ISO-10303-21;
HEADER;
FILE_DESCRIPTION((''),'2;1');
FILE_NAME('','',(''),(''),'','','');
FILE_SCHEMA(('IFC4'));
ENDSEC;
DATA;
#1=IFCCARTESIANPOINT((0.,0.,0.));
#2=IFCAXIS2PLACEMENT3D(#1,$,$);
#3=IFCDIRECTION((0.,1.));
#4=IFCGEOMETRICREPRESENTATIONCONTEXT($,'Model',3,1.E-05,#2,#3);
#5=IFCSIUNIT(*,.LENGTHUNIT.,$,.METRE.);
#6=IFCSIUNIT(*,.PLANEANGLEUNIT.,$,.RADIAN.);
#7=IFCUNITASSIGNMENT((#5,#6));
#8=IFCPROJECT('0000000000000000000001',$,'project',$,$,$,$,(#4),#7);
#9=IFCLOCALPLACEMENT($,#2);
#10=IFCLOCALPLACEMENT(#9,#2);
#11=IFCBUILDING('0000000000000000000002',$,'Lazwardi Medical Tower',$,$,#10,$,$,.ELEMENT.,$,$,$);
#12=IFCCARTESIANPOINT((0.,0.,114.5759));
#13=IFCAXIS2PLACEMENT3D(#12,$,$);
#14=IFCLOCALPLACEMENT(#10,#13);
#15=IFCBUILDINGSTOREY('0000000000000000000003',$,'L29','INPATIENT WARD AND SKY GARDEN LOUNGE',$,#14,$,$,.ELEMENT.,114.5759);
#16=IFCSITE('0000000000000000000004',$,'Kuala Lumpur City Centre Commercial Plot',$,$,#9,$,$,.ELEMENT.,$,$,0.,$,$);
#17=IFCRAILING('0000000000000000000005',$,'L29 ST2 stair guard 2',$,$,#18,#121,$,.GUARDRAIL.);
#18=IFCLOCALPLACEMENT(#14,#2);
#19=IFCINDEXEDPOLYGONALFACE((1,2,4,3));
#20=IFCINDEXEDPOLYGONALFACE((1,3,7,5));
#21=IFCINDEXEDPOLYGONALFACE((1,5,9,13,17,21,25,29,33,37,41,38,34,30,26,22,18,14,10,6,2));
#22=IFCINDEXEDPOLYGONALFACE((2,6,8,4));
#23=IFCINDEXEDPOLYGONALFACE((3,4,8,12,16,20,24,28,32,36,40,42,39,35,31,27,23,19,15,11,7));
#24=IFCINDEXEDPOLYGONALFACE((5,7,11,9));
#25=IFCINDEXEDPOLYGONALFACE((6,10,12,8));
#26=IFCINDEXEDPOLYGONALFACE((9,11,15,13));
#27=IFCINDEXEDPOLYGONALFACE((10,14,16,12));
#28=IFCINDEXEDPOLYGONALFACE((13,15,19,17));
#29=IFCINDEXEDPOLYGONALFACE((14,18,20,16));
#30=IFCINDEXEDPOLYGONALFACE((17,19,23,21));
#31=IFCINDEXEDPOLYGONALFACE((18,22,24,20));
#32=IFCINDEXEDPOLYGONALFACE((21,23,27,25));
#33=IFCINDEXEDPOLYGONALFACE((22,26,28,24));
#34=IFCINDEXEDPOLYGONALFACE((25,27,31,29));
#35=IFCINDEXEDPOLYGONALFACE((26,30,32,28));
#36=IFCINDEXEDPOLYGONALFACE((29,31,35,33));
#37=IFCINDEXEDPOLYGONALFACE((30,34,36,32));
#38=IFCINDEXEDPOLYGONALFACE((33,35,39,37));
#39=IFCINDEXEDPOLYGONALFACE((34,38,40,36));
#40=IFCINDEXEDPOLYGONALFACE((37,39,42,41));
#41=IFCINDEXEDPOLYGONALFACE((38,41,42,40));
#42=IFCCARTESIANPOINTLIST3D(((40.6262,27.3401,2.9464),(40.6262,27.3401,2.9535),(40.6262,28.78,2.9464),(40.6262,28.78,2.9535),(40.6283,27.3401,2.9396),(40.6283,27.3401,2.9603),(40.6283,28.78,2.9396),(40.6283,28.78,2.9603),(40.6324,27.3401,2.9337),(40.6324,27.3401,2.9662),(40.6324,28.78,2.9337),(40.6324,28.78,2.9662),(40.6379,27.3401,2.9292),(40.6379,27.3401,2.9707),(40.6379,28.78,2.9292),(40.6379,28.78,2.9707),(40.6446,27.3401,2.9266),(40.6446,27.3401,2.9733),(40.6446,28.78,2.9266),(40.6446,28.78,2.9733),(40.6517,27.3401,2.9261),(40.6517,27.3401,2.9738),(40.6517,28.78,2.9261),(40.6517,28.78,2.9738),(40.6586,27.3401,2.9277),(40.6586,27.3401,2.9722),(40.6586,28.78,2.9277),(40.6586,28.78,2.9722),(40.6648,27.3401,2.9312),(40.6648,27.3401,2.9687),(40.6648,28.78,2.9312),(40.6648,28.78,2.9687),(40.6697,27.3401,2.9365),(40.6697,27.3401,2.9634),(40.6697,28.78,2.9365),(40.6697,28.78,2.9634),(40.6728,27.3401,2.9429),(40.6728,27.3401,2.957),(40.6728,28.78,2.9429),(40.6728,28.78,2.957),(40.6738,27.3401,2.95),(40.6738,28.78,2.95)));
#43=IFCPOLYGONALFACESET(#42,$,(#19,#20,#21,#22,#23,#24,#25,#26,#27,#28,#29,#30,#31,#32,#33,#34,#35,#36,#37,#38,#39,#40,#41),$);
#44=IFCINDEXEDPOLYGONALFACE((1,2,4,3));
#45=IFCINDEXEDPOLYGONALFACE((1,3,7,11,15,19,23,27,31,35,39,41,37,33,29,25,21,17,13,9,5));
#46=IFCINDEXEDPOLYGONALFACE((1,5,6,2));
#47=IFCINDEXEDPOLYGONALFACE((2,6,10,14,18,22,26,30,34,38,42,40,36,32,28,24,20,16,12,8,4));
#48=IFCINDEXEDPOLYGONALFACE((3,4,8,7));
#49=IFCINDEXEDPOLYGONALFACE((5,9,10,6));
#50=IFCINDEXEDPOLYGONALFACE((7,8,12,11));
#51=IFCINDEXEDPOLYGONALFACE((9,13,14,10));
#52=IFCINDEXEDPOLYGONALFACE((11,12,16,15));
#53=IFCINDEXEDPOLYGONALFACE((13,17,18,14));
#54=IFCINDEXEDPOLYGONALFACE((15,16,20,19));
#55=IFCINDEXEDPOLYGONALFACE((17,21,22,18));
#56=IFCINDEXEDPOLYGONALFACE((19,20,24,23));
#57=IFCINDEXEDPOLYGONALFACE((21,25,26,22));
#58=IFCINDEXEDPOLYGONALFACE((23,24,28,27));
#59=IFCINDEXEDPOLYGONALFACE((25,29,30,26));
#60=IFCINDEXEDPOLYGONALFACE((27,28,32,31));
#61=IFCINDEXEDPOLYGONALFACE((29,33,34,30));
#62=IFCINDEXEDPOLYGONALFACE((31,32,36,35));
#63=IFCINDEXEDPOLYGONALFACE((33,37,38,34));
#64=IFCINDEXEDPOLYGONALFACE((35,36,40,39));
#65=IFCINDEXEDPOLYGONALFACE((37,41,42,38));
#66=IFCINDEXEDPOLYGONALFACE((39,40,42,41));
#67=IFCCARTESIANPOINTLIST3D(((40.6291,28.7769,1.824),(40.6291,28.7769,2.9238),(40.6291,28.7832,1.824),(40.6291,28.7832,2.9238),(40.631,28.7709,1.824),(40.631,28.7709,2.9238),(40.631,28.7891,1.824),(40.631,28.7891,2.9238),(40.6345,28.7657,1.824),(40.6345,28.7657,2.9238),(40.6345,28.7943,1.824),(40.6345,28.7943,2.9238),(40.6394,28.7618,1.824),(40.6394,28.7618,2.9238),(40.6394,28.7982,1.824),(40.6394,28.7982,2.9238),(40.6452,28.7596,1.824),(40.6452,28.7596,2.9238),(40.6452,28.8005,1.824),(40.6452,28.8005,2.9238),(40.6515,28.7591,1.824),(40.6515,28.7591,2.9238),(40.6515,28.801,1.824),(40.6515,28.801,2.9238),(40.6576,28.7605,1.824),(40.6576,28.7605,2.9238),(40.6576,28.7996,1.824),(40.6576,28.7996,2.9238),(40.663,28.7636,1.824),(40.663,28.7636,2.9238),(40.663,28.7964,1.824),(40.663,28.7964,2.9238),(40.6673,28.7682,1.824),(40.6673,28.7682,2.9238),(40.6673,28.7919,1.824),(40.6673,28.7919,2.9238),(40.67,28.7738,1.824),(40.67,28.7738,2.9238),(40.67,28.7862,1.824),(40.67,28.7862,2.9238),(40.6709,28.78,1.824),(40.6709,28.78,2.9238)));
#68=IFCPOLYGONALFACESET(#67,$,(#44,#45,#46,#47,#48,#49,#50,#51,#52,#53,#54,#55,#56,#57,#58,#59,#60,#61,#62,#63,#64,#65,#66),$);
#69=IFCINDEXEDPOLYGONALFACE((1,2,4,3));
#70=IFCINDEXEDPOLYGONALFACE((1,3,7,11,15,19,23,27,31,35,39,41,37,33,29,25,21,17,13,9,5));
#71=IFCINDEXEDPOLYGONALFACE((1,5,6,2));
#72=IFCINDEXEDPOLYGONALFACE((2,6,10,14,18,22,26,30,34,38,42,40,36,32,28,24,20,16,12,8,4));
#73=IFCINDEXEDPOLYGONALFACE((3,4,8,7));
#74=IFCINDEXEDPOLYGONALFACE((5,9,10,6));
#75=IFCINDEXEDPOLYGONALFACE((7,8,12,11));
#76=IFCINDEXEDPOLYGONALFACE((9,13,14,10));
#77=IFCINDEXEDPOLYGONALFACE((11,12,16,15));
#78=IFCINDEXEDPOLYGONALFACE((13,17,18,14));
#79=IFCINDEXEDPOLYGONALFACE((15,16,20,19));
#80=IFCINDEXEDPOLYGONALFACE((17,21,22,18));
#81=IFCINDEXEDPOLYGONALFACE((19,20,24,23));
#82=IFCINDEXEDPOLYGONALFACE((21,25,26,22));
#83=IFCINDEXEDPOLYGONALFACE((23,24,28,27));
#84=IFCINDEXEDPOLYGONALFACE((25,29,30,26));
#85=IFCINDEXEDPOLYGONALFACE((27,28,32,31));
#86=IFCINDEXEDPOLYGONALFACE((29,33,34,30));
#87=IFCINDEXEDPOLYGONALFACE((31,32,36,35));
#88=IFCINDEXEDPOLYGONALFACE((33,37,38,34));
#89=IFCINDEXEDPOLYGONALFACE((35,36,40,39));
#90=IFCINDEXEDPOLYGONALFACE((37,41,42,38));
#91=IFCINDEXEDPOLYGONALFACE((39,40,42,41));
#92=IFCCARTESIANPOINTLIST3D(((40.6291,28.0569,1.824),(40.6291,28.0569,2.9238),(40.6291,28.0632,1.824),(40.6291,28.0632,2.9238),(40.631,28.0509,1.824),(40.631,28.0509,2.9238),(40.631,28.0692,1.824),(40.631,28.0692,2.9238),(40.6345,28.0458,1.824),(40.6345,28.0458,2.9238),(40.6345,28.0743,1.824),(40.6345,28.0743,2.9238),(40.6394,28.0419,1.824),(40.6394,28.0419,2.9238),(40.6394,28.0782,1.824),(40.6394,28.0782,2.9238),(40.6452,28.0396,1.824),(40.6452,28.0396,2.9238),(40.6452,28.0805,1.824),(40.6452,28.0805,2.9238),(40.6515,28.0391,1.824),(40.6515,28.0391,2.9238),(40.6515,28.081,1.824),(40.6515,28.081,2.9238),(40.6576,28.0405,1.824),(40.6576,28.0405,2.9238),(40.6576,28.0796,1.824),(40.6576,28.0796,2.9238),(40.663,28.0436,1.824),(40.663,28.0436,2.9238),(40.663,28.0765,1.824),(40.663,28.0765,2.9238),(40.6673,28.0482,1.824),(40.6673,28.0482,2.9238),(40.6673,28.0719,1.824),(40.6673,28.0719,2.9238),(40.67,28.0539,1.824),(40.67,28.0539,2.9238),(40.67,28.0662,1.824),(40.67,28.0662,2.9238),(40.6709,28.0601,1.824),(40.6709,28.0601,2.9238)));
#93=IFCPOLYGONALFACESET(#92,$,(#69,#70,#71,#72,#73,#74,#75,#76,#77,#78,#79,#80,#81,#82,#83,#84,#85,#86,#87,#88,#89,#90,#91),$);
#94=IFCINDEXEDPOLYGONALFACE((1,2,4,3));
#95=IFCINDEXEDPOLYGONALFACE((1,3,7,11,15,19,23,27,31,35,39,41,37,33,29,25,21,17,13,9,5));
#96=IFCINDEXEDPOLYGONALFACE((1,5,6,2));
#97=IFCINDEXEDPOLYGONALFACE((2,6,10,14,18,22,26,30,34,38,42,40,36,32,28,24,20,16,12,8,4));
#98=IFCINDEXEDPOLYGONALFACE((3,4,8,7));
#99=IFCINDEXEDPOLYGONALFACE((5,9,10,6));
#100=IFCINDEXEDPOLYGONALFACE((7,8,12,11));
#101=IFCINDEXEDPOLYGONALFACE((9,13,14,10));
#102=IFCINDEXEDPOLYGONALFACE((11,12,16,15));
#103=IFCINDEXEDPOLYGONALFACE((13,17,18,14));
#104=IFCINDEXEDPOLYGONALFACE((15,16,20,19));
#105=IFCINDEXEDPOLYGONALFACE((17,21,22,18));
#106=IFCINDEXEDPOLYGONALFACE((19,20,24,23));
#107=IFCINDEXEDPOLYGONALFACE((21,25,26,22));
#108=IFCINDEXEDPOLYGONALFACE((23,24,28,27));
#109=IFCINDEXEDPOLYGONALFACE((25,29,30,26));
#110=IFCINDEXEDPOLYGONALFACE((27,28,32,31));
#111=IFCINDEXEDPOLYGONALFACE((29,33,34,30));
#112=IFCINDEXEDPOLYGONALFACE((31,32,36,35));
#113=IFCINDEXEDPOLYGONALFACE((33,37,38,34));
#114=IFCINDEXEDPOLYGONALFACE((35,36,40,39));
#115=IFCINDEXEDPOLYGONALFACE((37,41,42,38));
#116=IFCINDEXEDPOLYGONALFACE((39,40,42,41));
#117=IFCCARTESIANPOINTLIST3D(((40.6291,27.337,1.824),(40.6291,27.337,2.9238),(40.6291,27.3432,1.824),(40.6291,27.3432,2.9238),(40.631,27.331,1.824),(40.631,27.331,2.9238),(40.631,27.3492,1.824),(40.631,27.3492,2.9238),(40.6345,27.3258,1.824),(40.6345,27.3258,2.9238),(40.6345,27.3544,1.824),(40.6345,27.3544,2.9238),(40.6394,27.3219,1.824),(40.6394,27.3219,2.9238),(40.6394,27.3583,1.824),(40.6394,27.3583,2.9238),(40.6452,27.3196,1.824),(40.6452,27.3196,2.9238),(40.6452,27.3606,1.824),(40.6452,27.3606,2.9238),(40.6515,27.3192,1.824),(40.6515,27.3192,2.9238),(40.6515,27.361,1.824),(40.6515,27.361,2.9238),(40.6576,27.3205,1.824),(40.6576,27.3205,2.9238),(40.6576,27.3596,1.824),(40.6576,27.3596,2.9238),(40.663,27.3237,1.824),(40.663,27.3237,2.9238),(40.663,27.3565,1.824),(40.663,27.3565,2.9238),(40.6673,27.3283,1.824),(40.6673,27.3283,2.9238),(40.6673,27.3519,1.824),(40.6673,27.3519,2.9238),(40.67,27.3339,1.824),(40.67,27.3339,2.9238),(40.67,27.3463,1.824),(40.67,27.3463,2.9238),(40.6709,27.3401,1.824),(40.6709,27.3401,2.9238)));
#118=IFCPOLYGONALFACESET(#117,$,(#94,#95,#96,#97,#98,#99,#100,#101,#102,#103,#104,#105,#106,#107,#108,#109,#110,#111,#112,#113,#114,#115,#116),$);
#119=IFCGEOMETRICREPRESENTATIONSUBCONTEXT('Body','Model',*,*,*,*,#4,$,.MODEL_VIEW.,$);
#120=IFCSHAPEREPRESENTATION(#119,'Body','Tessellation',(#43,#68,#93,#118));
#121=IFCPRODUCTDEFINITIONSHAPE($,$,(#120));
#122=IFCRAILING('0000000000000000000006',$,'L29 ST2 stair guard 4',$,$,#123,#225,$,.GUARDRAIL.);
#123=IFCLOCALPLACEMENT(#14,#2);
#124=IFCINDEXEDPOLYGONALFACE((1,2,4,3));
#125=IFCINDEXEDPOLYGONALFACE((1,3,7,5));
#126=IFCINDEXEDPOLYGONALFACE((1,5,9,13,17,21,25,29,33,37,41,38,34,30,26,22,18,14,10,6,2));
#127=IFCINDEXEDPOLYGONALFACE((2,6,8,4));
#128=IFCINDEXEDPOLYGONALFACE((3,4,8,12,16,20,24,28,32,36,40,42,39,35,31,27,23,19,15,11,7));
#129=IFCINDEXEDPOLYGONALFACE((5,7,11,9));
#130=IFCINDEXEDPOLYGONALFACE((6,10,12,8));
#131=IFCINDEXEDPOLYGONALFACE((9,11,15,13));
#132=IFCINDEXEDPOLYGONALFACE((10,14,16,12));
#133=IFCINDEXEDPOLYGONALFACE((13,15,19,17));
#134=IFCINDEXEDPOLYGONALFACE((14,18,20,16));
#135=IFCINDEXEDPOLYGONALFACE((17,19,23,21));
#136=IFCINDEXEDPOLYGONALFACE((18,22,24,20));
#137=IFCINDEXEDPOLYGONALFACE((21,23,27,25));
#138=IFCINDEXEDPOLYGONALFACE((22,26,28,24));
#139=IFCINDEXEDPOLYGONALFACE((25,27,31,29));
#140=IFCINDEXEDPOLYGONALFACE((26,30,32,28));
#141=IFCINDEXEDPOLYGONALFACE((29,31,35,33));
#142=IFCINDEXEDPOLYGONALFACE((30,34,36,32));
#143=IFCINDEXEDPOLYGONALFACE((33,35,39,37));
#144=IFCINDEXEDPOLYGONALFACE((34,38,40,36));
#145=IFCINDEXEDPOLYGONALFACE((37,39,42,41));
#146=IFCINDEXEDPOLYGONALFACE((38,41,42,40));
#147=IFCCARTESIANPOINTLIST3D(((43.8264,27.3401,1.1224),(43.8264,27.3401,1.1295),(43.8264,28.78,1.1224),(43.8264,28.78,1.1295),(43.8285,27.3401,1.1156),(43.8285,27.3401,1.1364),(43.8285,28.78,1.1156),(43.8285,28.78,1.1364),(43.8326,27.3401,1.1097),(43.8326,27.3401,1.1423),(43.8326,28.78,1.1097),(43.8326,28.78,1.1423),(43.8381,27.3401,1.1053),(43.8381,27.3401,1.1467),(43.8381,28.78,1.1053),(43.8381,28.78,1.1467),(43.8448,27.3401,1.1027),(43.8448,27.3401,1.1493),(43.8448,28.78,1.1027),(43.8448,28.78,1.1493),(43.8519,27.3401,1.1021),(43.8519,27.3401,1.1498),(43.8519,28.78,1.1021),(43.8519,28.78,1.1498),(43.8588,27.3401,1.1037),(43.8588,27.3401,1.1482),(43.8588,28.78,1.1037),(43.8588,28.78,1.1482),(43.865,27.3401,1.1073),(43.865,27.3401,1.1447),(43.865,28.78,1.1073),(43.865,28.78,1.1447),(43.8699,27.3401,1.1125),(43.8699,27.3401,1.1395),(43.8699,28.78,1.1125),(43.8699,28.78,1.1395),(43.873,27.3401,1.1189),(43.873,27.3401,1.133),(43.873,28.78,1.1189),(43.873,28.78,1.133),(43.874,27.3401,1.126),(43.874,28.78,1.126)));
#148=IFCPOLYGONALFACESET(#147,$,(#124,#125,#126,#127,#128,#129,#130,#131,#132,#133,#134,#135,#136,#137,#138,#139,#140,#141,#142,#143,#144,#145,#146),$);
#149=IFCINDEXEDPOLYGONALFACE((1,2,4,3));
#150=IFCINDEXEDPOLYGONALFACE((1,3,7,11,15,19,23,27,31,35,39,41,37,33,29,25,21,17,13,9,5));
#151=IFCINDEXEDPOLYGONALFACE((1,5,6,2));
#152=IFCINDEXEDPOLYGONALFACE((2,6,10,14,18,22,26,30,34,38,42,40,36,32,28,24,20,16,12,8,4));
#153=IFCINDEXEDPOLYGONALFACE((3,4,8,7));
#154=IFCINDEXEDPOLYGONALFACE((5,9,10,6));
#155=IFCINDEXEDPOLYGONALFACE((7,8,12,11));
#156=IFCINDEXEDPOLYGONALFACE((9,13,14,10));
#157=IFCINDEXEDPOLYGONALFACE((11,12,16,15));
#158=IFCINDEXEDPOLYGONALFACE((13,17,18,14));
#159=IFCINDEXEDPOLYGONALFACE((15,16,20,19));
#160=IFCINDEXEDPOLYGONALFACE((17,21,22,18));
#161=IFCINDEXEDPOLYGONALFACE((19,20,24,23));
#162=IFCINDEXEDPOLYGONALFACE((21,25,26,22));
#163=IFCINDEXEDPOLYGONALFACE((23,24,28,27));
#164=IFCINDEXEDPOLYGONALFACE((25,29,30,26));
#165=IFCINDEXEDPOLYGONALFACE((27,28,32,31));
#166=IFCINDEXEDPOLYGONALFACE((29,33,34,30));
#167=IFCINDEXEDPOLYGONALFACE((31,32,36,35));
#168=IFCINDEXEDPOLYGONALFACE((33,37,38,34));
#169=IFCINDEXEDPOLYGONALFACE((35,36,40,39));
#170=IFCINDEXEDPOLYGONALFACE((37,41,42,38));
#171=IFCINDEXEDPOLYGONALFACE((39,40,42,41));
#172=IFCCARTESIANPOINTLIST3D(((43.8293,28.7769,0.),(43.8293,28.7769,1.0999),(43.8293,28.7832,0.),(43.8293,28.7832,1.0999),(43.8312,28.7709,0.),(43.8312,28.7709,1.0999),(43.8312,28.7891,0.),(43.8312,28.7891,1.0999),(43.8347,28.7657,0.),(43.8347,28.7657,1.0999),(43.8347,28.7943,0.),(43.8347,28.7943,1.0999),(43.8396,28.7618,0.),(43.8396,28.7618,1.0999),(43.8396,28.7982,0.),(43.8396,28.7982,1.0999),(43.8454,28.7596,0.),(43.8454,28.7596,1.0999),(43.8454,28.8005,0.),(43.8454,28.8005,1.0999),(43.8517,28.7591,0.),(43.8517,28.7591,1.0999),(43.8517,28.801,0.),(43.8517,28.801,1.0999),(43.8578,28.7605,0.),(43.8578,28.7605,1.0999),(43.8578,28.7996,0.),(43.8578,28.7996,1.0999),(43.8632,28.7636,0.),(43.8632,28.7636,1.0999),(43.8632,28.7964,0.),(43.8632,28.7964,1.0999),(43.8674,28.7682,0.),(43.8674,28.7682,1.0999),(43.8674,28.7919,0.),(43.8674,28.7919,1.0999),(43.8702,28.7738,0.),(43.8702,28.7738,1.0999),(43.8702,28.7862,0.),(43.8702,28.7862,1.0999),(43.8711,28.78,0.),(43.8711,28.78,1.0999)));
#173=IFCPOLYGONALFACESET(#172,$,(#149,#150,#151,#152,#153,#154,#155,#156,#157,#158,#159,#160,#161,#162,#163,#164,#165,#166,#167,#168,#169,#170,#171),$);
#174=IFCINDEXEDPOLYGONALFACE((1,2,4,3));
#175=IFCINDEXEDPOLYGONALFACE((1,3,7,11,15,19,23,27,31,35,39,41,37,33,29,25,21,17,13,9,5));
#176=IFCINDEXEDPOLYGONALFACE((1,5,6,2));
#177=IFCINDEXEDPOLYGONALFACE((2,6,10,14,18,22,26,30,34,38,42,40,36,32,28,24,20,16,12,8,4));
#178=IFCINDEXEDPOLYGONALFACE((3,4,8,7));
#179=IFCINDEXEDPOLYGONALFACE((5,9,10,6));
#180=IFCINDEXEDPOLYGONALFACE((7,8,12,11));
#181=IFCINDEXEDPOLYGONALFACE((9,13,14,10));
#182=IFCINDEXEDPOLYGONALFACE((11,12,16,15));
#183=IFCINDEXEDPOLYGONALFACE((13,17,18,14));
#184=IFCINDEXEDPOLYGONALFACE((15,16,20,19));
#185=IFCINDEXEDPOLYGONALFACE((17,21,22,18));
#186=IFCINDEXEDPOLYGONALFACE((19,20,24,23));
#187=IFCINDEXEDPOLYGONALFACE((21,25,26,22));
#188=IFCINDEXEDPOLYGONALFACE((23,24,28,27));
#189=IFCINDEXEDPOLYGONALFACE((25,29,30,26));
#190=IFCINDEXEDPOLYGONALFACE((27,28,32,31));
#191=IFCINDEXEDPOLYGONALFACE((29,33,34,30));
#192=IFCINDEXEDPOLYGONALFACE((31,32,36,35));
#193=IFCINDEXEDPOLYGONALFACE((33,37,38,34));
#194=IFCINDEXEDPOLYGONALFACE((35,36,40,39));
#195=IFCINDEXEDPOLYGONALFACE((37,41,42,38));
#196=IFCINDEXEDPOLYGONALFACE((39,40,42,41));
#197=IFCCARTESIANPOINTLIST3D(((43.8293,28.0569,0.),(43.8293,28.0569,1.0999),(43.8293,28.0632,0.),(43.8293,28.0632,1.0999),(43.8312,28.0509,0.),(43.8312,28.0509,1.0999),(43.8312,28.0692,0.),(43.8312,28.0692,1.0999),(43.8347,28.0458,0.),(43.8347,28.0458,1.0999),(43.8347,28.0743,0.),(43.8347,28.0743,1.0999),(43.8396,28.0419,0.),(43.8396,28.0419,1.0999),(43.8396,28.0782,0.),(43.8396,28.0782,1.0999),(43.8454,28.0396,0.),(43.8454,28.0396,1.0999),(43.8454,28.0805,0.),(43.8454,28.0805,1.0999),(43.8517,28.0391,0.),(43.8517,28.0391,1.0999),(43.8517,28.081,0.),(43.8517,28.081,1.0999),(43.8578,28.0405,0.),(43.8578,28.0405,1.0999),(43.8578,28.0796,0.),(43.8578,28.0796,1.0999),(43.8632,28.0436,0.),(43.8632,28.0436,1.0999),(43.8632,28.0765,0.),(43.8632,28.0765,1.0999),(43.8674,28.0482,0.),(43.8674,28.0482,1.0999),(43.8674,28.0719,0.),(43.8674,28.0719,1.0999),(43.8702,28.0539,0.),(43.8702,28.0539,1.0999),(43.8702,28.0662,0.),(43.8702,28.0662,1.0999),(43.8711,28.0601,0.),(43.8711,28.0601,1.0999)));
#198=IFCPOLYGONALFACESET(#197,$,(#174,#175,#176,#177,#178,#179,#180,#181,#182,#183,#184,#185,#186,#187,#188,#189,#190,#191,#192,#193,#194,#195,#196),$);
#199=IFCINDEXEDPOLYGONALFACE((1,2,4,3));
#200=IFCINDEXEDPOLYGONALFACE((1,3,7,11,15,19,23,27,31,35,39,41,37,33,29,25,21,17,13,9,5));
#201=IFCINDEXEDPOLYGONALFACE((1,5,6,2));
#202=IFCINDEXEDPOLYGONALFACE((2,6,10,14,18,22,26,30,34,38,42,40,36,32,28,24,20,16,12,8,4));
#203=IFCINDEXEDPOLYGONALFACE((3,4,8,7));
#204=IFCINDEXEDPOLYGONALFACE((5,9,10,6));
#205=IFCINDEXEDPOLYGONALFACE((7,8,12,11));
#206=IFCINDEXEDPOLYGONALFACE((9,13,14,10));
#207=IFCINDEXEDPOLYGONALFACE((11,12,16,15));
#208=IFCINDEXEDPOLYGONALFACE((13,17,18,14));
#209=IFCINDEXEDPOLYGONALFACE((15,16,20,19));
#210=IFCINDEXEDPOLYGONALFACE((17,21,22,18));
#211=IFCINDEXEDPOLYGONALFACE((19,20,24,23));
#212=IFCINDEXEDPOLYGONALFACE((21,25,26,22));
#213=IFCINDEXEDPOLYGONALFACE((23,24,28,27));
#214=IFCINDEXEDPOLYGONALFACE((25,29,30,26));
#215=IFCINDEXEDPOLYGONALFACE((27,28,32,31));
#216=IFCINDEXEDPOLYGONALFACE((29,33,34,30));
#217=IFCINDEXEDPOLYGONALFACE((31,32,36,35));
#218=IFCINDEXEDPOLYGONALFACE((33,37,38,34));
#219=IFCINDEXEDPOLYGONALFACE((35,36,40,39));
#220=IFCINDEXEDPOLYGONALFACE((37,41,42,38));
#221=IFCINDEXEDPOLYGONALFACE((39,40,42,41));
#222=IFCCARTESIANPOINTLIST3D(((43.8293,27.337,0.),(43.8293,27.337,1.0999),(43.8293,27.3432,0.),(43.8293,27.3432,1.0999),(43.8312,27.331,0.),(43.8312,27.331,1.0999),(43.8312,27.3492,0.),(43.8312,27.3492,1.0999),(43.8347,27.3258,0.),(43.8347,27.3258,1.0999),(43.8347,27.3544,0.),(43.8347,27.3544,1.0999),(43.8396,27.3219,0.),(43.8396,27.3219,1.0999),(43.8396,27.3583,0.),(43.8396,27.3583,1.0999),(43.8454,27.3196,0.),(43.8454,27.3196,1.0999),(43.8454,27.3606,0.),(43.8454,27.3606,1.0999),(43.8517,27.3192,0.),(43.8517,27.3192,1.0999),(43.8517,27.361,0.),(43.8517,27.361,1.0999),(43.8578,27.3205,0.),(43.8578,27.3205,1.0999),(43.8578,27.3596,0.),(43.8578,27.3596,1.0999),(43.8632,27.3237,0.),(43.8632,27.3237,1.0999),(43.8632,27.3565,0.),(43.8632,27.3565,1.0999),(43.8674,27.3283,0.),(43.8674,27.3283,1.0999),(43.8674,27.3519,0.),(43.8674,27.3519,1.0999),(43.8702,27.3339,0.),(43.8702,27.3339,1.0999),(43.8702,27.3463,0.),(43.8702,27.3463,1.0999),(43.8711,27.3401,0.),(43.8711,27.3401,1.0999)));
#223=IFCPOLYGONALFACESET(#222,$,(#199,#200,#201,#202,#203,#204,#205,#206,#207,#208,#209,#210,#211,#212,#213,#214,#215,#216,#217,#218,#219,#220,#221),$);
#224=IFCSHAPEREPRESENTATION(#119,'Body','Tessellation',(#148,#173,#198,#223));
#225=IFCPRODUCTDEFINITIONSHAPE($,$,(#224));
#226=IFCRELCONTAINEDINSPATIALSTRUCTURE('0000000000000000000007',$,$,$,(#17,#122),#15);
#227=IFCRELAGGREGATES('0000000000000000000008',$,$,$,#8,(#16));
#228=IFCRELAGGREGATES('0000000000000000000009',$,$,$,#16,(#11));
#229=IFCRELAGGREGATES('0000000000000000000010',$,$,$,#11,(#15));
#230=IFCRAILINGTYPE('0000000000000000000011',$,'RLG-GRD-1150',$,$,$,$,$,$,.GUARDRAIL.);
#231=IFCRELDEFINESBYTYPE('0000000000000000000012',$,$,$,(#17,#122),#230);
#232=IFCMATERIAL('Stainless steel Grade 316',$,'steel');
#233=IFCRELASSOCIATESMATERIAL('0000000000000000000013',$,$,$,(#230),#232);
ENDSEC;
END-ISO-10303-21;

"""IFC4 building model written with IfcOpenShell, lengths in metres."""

from ifc_helpers import new_model, si_unit, direction, frame, origin, origin_2d, place, context, subcontext, project, spatial, circle, extrude, material, type_object, element, save


model = new_model("IFC4")

# Units and contexts
model_context = context("Model", 3, precision=1e-05, world=origin(), true_north=direction((0.0, 1.0)))
body_context = subcontext(model_context, "Body", "Model", "MODEL_VIEW")
ifc_project = project(units=[si_unit("LENGTHUNIT", "METRE"), si_unit("PLANEANGLEUNIT", "RADIAN")], contexts=[model_context])

# Site, building, storey
site_placement = place(None, origin())
site = spatial("IfcSite", under=ifc_project, at=site_placement, Name="Kuala Lumpur City Centre Commercial Plot", CompositionType="ELEMENT", RefElevation=0.0)
building_placement = place(site_placement, origin())
building = spatial("IfcBuilding", under=site, at=building_placement, Name="Lazwardi Medical Tower", CompositionType="ELEMENT")
storey_placement = place(building_placement, frame((0.0, 0.0, 114.5759)))
storey = spatial("IfcBuildingStorey", under=building, at=storey_placement, Name="L29", Description="INPATIENT WARD AND SKY GARDEN LOUNGE", CompositionType="ELEMENT", Elevation=114.5759)

# Railings
ifc_material_1 = material(Name="Stainless steel Grade 316", Category="steel")
railing_type_1 = type_object("IfcRailingType", Name="RLG-GRD-1150", PredefinedType="GUARDRAIL", material=ifc_material_1)
for number, where, name in (
    (1, (40.6499, 28.78, 1.824), "L29 ST2 stair guard 2"),
    (2, (43.8501, 28.78, 0.0), "L29 ST2 stair guard 4"),
):
    element("IfcRailing", number, at=place(storey_placement, frame(where)), inside=storey, type_object=railing_type_1, Name=name, PredefinedType="GUARDRAIL", context=body_context, shape_type="SweptSolid", body=[
        extrude(circle(Radius=0.0239, at=origin_2d()), frame((0.0, 0.0, 1.126), z_axis=(0.0, -1.0, 0.0), x_axis=(1.0, 0.0, 0.0)), (0.0, 0.0, 1.0), 1.4399),
        extrude(circle(Radius=0.021, at=origin_2d()), origin(), (0.0, 0.0, 1.0), 1.0999),
        extrude(circle(Radius=0.021, at=origin_2d()), frame((0.0, -0.72, 0.0)), (0.0, 0.0, 1.0), 1.0999),
        extrude(circle(Radius=0.021, at=origin_2d()), frame((0.0, -1.4399, 0.0)), (0.0, 0.0, 1.0), 1.0999),
    ])

save(model, "model.ifc")
